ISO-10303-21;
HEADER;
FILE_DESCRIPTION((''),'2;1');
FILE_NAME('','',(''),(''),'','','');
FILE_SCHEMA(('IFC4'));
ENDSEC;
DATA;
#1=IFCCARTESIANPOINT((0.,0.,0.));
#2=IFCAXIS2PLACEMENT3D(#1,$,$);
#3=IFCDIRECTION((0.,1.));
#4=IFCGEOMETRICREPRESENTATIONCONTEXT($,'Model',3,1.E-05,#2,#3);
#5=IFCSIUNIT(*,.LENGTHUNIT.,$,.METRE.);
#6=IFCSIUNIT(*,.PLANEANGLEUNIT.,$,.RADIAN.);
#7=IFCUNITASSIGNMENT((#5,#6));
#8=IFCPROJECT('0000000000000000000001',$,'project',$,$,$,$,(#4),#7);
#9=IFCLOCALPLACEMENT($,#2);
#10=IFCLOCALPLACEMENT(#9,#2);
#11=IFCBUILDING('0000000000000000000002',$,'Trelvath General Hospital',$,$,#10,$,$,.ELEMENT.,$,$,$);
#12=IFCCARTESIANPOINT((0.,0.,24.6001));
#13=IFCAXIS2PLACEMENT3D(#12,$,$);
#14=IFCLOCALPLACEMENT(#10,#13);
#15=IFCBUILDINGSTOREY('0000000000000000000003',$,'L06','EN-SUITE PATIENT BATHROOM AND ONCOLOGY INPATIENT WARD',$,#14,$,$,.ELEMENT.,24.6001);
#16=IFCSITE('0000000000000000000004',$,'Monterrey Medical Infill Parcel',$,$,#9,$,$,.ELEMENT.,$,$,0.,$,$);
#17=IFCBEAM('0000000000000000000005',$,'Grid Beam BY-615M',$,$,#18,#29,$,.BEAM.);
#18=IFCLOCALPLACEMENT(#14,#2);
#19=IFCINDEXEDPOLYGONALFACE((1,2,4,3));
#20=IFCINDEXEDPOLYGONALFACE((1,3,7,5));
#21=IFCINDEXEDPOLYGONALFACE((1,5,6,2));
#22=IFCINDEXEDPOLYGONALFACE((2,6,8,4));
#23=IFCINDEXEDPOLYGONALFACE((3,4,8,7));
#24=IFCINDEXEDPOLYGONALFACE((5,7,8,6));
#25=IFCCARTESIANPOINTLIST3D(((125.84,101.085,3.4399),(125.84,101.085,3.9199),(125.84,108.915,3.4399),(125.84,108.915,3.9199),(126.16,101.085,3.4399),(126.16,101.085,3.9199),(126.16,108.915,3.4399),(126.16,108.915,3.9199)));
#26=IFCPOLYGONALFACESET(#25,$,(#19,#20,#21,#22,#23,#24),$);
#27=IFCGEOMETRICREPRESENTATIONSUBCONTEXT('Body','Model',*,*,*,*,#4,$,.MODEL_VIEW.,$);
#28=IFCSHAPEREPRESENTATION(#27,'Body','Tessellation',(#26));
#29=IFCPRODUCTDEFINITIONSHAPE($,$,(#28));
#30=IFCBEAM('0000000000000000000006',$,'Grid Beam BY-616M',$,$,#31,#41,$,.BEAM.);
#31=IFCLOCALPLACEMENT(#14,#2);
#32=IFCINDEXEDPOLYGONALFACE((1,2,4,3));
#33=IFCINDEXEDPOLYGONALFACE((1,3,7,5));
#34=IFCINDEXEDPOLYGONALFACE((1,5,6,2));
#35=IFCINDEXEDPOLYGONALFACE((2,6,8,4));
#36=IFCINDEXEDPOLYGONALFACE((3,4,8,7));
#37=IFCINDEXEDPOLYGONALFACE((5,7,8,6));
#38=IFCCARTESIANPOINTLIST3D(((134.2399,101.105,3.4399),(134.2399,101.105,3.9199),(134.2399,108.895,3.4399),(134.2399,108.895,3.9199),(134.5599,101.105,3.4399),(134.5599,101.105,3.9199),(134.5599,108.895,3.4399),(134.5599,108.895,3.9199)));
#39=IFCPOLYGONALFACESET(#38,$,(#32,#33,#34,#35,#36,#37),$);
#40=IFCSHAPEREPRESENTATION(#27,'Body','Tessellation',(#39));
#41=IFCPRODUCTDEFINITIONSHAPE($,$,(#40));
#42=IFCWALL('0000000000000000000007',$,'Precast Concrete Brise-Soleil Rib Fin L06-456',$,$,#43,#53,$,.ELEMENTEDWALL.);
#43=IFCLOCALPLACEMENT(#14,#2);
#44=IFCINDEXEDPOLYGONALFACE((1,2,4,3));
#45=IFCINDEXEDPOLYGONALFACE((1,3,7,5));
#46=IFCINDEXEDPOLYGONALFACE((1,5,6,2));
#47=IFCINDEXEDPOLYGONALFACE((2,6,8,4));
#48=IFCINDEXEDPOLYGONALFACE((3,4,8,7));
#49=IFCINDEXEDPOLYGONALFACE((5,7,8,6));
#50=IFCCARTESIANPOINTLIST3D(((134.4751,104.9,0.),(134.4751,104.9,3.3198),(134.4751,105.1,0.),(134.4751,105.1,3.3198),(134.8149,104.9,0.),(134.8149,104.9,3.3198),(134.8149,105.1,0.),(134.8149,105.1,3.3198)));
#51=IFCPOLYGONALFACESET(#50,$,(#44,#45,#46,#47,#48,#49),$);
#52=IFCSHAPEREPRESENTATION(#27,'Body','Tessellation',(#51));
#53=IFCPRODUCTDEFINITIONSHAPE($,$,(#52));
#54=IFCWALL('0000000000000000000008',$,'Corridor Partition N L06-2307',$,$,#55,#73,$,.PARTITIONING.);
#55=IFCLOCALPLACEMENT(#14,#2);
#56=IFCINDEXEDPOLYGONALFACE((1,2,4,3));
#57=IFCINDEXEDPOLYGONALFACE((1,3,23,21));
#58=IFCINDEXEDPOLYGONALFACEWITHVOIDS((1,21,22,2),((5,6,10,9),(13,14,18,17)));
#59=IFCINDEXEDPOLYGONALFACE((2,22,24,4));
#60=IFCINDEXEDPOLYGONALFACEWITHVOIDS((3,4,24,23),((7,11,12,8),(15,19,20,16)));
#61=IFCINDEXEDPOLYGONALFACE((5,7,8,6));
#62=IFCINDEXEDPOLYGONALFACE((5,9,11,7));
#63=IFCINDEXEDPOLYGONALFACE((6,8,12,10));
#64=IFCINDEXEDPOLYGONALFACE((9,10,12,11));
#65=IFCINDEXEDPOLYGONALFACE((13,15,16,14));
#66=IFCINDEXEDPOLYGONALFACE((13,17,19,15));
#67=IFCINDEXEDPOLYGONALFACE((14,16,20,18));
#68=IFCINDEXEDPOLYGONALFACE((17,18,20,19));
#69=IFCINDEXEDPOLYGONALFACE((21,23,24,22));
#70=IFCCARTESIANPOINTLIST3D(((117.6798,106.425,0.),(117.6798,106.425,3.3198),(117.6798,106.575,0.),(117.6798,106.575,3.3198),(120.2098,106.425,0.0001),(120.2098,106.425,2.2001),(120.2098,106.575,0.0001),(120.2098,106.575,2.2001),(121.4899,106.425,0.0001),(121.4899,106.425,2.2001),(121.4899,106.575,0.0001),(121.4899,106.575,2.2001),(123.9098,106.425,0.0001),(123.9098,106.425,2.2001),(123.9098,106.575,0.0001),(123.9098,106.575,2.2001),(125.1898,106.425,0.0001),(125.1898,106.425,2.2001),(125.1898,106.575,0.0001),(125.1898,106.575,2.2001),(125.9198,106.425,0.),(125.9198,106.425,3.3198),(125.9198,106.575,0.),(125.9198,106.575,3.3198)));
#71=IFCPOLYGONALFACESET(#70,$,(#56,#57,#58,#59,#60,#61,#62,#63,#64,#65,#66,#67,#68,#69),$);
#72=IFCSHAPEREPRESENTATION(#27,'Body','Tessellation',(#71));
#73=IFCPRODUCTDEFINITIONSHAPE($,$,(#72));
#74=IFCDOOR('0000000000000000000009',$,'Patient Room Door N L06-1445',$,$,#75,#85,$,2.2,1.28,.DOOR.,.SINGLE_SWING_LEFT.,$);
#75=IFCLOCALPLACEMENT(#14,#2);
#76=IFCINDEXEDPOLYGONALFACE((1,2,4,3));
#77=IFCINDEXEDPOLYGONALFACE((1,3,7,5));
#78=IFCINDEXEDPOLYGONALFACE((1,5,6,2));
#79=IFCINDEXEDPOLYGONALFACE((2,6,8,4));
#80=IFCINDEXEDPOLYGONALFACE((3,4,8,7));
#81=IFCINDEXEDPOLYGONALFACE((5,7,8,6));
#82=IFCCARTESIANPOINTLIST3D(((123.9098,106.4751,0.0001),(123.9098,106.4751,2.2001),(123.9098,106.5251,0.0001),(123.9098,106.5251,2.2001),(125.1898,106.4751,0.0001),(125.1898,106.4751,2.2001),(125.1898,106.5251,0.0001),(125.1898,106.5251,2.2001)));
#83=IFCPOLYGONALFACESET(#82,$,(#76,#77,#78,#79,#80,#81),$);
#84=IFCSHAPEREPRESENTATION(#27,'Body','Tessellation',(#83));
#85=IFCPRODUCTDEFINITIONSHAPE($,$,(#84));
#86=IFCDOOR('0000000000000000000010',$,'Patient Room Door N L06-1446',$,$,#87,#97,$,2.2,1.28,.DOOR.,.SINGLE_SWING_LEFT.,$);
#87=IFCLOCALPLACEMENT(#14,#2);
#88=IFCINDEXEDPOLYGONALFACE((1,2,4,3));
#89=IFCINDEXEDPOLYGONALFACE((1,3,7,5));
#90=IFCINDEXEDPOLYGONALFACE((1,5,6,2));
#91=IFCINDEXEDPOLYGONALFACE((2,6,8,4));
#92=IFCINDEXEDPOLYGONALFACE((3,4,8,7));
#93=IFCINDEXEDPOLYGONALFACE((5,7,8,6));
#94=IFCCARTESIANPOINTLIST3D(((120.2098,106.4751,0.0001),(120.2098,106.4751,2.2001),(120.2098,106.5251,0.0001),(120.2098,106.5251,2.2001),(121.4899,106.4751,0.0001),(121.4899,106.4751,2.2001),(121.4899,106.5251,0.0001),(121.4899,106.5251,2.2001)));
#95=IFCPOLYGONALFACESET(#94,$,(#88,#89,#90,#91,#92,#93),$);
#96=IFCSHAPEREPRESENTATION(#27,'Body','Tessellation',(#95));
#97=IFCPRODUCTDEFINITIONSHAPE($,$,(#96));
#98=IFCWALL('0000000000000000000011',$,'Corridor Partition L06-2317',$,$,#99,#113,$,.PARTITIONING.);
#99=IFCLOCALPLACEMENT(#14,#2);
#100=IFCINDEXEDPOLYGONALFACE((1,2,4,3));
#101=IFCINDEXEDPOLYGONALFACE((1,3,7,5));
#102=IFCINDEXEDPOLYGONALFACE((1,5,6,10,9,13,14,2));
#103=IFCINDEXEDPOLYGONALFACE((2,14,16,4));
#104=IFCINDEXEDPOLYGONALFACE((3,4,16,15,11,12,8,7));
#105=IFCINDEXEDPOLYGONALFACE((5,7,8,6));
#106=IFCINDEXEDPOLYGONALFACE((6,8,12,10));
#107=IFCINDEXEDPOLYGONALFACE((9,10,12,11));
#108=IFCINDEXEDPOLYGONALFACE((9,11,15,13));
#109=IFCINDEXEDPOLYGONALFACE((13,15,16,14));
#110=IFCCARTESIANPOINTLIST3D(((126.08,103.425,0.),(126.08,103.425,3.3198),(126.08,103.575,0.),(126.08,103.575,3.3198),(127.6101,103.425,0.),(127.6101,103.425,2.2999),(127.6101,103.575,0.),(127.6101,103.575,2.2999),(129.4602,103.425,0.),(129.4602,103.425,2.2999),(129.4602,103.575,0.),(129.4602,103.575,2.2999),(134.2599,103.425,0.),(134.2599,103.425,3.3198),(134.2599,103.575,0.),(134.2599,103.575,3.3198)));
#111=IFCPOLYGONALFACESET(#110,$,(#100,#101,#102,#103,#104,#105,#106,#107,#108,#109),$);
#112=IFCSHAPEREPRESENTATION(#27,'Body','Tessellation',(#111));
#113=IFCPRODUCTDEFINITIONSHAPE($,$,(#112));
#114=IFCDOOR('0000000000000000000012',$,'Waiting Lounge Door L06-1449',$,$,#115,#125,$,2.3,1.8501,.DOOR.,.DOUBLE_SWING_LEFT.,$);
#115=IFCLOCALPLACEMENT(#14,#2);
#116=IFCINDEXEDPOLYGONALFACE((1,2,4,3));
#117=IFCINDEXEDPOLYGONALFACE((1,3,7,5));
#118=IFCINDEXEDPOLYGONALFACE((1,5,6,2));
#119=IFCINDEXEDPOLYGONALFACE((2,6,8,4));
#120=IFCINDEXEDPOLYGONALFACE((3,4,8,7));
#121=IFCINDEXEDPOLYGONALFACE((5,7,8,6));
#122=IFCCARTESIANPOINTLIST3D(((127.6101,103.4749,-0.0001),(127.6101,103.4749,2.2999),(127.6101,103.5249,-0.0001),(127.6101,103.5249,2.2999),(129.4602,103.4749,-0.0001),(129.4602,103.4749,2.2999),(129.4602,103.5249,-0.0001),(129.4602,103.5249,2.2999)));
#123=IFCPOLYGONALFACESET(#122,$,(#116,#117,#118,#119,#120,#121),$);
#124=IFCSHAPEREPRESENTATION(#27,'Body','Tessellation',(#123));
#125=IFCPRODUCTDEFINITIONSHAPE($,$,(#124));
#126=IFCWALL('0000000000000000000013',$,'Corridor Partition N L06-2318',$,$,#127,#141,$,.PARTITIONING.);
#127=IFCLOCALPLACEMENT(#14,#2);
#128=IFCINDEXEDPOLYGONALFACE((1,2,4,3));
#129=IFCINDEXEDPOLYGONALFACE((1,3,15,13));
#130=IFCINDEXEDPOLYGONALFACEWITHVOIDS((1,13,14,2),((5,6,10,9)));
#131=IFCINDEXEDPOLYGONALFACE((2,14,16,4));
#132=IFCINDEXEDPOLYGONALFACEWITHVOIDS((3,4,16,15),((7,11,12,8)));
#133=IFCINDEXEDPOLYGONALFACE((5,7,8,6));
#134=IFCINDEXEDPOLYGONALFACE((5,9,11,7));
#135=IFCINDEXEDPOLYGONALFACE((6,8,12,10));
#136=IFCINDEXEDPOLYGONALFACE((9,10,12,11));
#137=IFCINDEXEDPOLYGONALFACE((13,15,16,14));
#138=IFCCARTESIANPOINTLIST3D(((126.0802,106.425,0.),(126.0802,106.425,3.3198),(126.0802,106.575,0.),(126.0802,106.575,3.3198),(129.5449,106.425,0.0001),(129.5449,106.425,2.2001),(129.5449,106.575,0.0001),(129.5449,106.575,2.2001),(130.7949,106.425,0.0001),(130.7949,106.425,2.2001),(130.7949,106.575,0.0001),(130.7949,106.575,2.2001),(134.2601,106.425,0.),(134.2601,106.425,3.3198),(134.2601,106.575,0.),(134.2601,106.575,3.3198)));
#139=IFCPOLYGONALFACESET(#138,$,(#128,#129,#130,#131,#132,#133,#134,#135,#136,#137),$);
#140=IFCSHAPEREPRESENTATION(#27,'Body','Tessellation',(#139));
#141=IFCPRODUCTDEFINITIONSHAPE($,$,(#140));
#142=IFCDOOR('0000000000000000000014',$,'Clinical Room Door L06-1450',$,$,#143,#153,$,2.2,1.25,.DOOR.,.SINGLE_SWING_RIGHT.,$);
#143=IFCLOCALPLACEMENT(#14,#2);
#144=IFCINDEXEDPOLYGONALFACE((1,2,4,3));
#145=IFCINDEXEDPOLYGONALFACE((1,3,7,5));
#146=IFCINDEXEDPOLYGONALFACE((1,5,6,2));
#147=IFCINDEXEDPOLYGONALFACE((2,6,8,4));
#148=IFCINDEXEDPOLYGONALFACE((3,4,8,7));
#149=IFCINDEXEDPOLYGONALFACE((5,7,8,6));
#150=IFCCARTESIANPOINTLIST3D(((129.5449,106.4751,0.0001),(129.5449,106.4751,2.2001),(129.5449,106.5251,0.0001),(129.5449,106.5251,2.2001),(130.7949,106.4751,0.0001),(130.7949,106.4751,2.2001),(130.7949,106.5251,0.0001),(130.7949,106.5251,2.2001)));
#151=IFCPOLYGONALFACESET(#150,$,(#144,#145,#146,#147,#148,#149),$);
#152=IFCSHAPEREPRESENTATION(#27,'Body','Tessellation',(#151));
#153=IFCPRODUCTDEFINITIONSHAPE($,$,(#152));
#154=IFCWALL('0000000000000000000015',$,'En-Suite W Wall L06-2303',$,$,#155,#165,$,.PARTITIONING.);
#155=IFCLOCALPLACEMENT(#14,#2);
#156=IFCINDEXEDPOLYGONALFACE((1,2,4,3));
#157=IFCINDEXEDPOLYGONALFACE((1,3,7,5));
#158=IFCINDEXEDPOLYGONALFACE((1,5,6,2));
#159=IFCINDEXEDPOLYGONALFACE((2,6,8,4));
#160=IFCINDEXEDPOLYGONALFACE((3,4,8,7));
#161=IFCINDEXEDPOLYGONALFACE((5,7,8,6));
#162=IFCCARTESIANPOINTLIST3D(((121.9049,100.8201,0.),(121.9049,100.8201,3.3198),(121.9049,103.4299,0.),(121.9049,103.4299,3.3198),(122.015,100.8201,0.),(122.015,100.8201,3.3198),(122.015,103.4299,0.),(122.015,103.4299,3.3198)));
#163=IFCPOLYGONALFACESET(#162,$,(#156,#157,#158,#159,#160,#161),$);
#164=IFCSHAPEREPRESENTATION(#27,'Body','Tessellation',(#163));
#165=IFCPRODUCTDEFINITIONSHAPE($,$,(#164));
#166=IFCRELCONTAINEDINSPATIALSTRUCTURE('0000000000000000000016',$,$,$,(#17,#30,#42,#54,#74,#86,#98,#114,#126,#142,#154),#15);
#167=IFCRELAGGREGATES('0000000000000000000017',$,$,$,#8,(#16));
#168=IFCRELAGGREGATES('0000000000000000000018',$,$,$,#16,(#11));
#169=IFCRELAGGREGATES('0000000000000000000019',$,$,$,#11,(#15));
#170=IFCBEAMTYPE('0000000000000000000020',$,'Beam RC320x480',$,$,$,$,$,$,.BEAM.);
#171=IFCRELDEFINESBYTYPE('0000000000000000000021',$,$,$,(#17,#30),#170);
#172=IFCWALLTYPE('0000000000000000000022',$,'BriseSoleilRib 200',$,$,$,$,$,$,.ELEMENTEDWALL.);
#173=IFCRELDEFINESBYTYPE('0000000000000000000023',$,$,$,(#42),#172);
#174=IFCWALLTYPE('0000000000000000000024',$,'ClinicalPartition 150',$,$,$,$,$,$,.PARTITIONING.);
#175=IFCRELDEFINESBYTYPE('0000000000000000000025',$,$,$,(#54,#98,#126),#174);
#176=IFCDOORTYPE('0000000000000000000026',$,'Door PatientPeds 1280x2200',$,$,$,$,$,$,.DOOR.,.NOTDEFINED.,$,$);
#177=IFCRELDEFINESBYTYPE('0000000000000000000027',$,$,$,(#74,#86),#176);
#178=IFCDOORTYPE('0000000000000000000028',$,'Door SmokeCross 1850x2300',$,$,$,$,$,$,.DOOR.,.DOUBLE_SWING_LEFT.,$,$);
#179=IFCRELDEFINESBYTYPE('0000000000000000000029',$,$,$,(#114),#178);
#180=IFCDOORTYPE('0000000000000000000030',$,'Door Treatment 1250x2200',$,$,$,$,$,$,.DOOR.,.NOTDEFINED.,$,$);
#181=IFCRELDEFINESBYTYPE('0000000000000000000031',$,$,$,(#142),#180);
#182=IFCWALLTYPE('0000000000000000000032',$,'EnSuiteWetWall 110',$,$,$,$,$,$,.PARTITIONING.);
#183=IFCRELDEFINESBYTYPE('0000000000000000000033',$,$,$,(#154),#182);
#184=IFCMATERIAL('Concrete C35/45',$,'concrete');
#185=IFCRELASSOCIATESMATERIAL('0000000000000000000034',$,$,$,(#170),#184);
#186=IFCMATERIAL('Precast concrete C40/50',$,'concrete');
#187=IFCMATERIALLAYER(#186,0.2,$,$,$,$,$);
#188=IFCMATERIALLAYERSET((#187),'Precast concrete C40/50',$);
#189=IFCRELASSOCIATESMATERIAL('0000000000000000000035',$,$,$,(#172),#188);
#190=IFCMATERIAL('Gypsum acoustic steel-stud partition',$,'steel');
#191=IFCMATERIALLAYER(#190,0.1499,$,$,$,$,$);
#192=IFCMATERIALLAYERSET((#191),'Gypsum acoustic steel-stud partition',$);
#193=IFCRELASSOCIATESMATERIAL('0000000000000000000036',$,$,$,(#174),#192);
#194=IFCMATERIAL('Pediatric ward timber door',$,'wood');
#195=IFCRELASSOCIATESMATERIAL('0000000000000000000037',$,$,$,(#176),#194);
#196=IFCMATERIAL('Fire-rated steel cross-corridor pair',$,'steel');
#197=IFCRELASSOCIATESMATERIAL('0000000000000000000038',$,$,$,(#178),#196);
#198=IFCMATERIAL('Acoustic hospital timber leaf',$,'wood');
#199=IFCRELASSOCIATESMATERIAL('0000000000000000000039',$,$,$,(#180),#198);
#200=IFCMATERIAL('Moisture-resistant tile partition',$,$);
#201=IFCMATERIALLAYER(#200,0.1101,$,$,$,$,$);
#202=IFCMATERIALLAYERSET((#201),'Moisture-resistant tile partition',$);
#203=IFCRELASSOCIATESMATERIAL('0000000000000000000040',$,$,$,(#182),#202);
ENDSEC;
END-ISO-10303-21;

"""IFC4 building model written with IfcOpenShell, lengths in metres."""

from ifc_helpers import new_model, si_unit, direction, frame, frame_2d, origin, origin_2d, place, context, subcontext, project, spatial, rectangle, extrude, material, layer, layer_set, material_profile, profile_set, type_object, element, fill, save


model = new_model("IFC4")

# Units and contexts
model_context = context("Model", 3, precision=1e-05, world=origin(), true_north=direction((0.0, 1.0)))
body_context = subcontext(model_context, "Body", "Model", "MODEL_VIEW")
ifc_project = project(units=[si_unit("LENGTHUNIT", "METRE"), si_unit("PLANEANGLEUNIT", "RADIAN")], contexts=[model_context])

# Site, building, storey
site_placement = place(None, origin())
site = spatial("IfcSite", under=ifc_project, at=site_placement, Name="Monterrey Medical Infill Parcel", CompositionType="ELEMENT", RefElevation=0.0)
building_placement = place(site_placement, origin())
building = spatial("IfcBuilding", under=site, at=building_placement, Name="Trelvath General Hospital", CompositionType="ELEMENT")
storey_placement = place(building_placement, frame((0.0, 0.0, 24.6001)))
storey = spatial("IfcBuildingStorey", under=building, at=storey_placement, Name="L06", Description="EN-SUITE PATIENT BATHROOM AND ONCOLOGY INPATIENT WARD", CompositionType="ELEMENT", Elevation=24.6001)

# Beams
ifc_material_1 = material(Name="Concrete C35/45", Category="concrete")
ifc_material_profile = material_profile(ifc_material_1, rectangle(XDim=0.3201, YDim=0.48, at=origin_2d()), Name="RCB320x480")
ifc_profile_set = profile_set([ifc_material_profile], Name="Concrete C35/45")
beam_type = type_object("IfcBeamType", Name="Beam RC320x480", PredefinedType="BEAM", material=ifc_profile_set)
beam_1_placement = place(storey_placement, frame((126.0, 101.085, 3.6799), z_axis=(0.0, 1.0, 0.0), x_axis=(-1.0, 0.0, 0.0)))
element("IfcBeam", 1, at=beam_1_placement, inside=storey, type_object=beam_type, Name="Grid Beam BY-615M", PredefinedType="BEAM", context=body_context, shape_type="SweptSolid", body=[
    extrude(rectangle(XDim=0.3201, YDim=0.48, at=origin_2d()), origin(), (0.0, 0.0, 1.0), 7.8301),
])
beam_2_placement = place(storey_placement, frame((134.3999, 101.105, 3.6799), z_axis=(0.0, 1.0, 0.0), x_axis=(-1.0, 0.0, 0.0)))
element("IfcBeam", 2, at=beam_2_placement, inside=storey, type_object=beam_type, Name="Grid Beam BY-616M", PredefinedType="BEAM", context=body_context, shape_type="SweptSolid", body=[
    extrude(rectangle(XDim=0.3201, YDim=0.48, at=origin_2d()), origin(), (0.0, 0.0, 1.0), 7.79),
])

# Wall
ifc_material_2 = material(Name="Precast concrete C40/50", Category="concrete")
ifc_layer_1 = layer(ifc_material_2, 0.2)
ifc_layer_set_1 = layer_set([ifc_layer_1], Name="Precast concrete C40/50")
wall_type_1 = type_object("IfcWallType", Name="BriseSoleilRib 200", PredefinedType="ELEMENTEDWALL", material=ifc_layer_set_1)
wall_1_placement = place(storey_placement, frame((134.4751, 105.0, 0.0), z_axis=(0.0, 0.0, 1.0), x_axis=(1.0, 0.0, 0.0)))
element("IfcWall", 3, at=wall_1_placement, inside=storey, type_object=wall_type_1, Name="Precast Concrete Brise-Soleil Rib Fin L06-456", PredefinedType="ELEMENTEDWALL", context=body_context, shape_type="SweptSolid", body=[
    extrude(rectangle(XDim=0.3398, YDim=0.2, at=frame_2d((0.1699, 0.0))), origin(), (0.0, 0.0, 1.0), 3.3198),
])

# Wall, openings, doors
ifc_material_3 = material(Name="Gypsum acoustic steel-stud partition", Category="steel")
ifc_layer_2 = layer(ifc_material_3, 0.1499)
ifc_layer_set_2 = layer_set([ifc_layer_2], Name="Gypsum acoustic steel-stud partition")
wall_type_2 = type_object("IfcWallType", Name="ClinicalPartition 150", PredefinedType="PARTITIONING", material=ifc_layer_set_2)
wall_2_placement = place(storey_placement, frame((125.9199, 106.5, 0.0), z_axis=(0.0, 0.0, 1.0), x_axis=(-1.0, 0.0, 0.0)))
wall_2 = element("IfcWall", 4, at=wall_2_placement, inside=storey, type_object=wall_type_2, Name="Corridor Partition N L06-2307", PredefinedType="PARTITIONING", context=body_context, shape_type="SweptSolid", body=[
    extrude(rectangle(XDim=8.24, YDim=0.1499, at=frame_2d((4.1201, 0.0))), origin(), (0.0, 0.0, 1.0), 3.3198),
])
opening_1_placement = place(wall_2_placement, frame((0.73, 0.0, 0.0)))
opening_1 = element("IfcOpeningElement", 5, at=opening_1_placement, cuts=wall_2, PredefinedType="OPENING", context=body_context, shape_type="SweptSolid", body=[
    extrude(rectangle(XDim=1.28, YDim=2.2, at=frame_2d((0.6401, 1.1001))), frame((0.0, 0.085, 0.0), z_axis=(0.0, -1.0, 0.0), x_axis=(1.0, 0.0, 0.0)), (0.0, 0.0, 1.0), 0.1699),
])
opening_2_placement = place(wall_2_placement, frame((4.4299, 0.0, 0.0)))
opening_2 = element("IfcOpeningElement", 6, at=opening_2_placement, cuts=wall_2, PredefinedType="OPENING", context=body_context, shape_type="SweptSolid", body=[
    extrude(rectangle(XDim=1.28, YDim=2.2, at=frame_2d((0.6401, 1.1001))), frame((0.0, 0.085, 0.0), z_axis=(0.0, -1.0, 0.0), x_axis=(1.0, 0.0, 0.0)), (0.0, 0.0, 1.0), 0.1699),
])
ifc_material_4 = material(Name="Pediatric ward timber door", Category="wood")
door_type_1 = type_object("IfcDoorType", Name="Door PatientPeds 1280x2200", OperationType="NOTDEFINED", PredefinedType="DOOR", material=ifc_material_4)
door_1_placement = place(opening_1_placement, origin())
door_1 = element("IfcDoor", 7, at=door_1_placement, inside=storey, type_object=door_type_1, Name="Patient Room Door N L06-1445", OperationType="SINGLE_SWING_LEFT", OverallHeight=2.2, OverallWidth=1.28, PredefinedType="DOOR", context=body_context, shape_type="SweptSolid", body=[
    extrude(rectangle(XDim=1.28, YDim=2.2, at=frame_2d((0.6401, 1.1001))), frame((0.0, 0.0249, 0.0), z_axis=(0.0, -1.0, 0.0), x_axis=(1.0, 0.0, 0.0)), (0.0, 0.0, 1.0), 0.05),
])
fill(opening_1, door_1)
door_2_placement = place(opening_2_placement, origin())
door_2 = element("IfcDoor", 8, at=door_2_placement, inside=storey, type_object=door_type_1, Name="Patient Room Door N L06-1446", OperationType="SINGLE_SWING_LEFT", OverallHeight=2.2, OverallWidth=1.28, PredefinedType="DOOR", context=body_context, shape_type="SweptSolid", body=[
    extrude(rectangle(XDim=1.28, YDim=2.2, at=frame_2d((0.6401, 1.1001))), frame((0.0, 0.0249, 0.0), z_axis=(0.0, -1.0, 0.0), x_axis=(1.0, 0.0, 0.0)), (0.0, 0.0, 1.0), 0.05),
])
fill(opening_2, door_2)

# Walls, openings, doors
wall_3_placement = place(storey_placement, frame((126.0801, 103.5, 0.0), z_axis=(0.0, 0.0, 1.0), x_axis=(1.0, 0.0, 0.0)))
wall_3 = element("IfcWall", 9, at=wall_3_placement, inside=storey, type_object=wall_type_2, Name="Corridor Partition L06-2317", PredefinedType="PARTITIONING", context=body_context, shape_type="SweptSolid", body=[
    extrude(rectangle(XDim=8.1799, YDim=0.1499, at=frame_2d((4.0898, 0.0))), origin(), (0.0, 0.0, 1.0), 3.3198),
])
opening_3_placement = place(wall_3_placement, frame((1.53, 0.0, 0.0)))
opening_3 = element("IfcOpeningElement", 10, at=opening_3_placement, cuts=wall_3, PredefinedType="OPENING", context=body_context, shape_type="SweptSolid", body=[
    extrude(rectangle(XDim=1.8501, YDim=2.3, at=frame_2d((0.925, 1.1499))), frame((0.0, 0.085, 0.0), z_axis=(0.0, -1.0, 0.0), x_axis=(1.0, 0.0, 0.0)), (0.0, 0.0, 1.0), 0.1699),
])
ifc_material_5 = material(Name="Fire-rated steel cross-corridor pair", Category="steel")
door_type_2 = type_object("IfcDoorType", Name="Door SmokeCross 1850x2300", OperationType="DOUBLE_SWING_LEFT", PredefinedType="DOOR", material=ifc_material_5)
door_3_placement = place(opening_3_placement, origin())
door_3 = element("IfcDoor", 11, at=door_3_placement, inside=storey, type_object=door_type_2, Name="Waiting Lounge Door L06-1449", OperationType="DOUBLE_SWING_LEFT", OverallHeight=2.3, OverallWidth=1.8501, PredefinedType="DOOR", context=body_context, shape_type="SweptSolid", body=[
    extrude(rectangle(XDim=1.8501, YDim=2.3, at=frame_2d((0.925, 1.1499))), frame((0.0, 0.0249, 0.0), z_axis=(0.0, -1.0, 0.0), x_axis=(1.0, 0.0, 0.0)), (0.0, 0.0, 1.0), 0.05),
])
fill(opening_3, door_3)
wall_4_placement = place(storey_placement, frame((134.26, 106.5, 0.0), z_axis=(0.0, 0.0, 1.0), x_axis=(-1.0, 0.0, 0.0)))
wall_4 = element("IfcWall", 12, at=wall_4_placement, inside=storey, type_object=wall_type_2, Name="Corridor Partition N L06-2318", PredefinedType="PARTITIONING", context=body_context, shape_type="SweptSolid", body=[
    extrude(rectangle(XDim=8.1799, YDim=0.1499, at=frame_2d((4.0898, 0.0))), origin(), (0.0, 0.0, 1.0), 3.3198),
])
opening_4_placement = place(wall_4_placement, frame((3.4651, 0.0, 0.0)))
opening_4 = element("IfcOpeningElement", 13, at=opening_4_placement, cuts=wall_4, PredefinedType="OPENING", context=body_context, shape_type="SweptSolid", body=[
    extrude(rectangle(XDim=1.25, YDim=2.2, at=frame_2d((0.625, 1.1001))), frame((0.0, 0.085, 0.0), z_axis=(0.0, -1.0, 0.0), x_axis=(1.0, 0.0, 0.0)), (0.0, 0.0, 1.0), 0.1699),
])
ifc_material_6 = material(Name="Acoustic hospital timber leaf", Category="wood")
door_type_3 = type_object("IfcDoorType", Name="Door Treatment 1250x2200", OperationType="NOTDEFINED", PredefinedType="DOOR", material=ifc_material_6)
door_4_placement = place(opening_4_placement, origin())
door_4 = element("IfcDoor", 14, at=door_4_placement, inside=storey, type_object=door_type_3, Name="Clinical Room Door L06-1450", OperationType="SINGLE_SWING_RIGHT", OverallHeight=2.2, OverallWidth=1.25, PredefinedType="DOOR", context=body_context, shape_type="SweptSolid", body=[
    extrude(rectangle(XDim=1.25, YDim=2.2, at=frame_2d((0.625, 1.1001))), frame((0.0, 0.0249, 0.0), z_axis=(0.0, -1.0, 0.0), x_axis=(1.0, 0.0, 0.0)), (0.0, 0.0, 1.0), 0.05),
])
fill(opening_4, door_4)

# Wall
ifc_material_7 = material(Name="Moisture-resistant tile partition")
ifc_layer_3 = layer(ifc_material_7, 0.1101)
ifc_layer_set_3 = layer_set([ifc_layer_3], Name="Moisture-resistant tile partition")
wall_type_3 = type_object("IfcWallType", Name="EnSuiteWetWall 110", PredefinedType="PARTITIONING", material=ifc_layer_set_3)
for number, where, z_axis, x_axis, name in (
    (15, (121.96, 100.8201, 0.0), (0.0, 0.0, 1.0), (0.0, 1.0, 0.0), "En-Suite W Wall L06-2303"),
):
    element("IfcWall", number, at=place(storey_placement, frame(where, z_axis=z_axis, x_axis=x_axis)), inside=storey, type_object=wall_type_3, Name=name, PredefinedType="PARTITIONING", context=body_context, shape_type="SweptSolid", body=[
        extrude(rectangle(XDim=2.6099, YDim=0.1101, at=frame_2d((1.3049, 0.0))), origin(), (0.0, 0.0, 1.0), 3.3198),
    ])

save(model, "model.ifc")
